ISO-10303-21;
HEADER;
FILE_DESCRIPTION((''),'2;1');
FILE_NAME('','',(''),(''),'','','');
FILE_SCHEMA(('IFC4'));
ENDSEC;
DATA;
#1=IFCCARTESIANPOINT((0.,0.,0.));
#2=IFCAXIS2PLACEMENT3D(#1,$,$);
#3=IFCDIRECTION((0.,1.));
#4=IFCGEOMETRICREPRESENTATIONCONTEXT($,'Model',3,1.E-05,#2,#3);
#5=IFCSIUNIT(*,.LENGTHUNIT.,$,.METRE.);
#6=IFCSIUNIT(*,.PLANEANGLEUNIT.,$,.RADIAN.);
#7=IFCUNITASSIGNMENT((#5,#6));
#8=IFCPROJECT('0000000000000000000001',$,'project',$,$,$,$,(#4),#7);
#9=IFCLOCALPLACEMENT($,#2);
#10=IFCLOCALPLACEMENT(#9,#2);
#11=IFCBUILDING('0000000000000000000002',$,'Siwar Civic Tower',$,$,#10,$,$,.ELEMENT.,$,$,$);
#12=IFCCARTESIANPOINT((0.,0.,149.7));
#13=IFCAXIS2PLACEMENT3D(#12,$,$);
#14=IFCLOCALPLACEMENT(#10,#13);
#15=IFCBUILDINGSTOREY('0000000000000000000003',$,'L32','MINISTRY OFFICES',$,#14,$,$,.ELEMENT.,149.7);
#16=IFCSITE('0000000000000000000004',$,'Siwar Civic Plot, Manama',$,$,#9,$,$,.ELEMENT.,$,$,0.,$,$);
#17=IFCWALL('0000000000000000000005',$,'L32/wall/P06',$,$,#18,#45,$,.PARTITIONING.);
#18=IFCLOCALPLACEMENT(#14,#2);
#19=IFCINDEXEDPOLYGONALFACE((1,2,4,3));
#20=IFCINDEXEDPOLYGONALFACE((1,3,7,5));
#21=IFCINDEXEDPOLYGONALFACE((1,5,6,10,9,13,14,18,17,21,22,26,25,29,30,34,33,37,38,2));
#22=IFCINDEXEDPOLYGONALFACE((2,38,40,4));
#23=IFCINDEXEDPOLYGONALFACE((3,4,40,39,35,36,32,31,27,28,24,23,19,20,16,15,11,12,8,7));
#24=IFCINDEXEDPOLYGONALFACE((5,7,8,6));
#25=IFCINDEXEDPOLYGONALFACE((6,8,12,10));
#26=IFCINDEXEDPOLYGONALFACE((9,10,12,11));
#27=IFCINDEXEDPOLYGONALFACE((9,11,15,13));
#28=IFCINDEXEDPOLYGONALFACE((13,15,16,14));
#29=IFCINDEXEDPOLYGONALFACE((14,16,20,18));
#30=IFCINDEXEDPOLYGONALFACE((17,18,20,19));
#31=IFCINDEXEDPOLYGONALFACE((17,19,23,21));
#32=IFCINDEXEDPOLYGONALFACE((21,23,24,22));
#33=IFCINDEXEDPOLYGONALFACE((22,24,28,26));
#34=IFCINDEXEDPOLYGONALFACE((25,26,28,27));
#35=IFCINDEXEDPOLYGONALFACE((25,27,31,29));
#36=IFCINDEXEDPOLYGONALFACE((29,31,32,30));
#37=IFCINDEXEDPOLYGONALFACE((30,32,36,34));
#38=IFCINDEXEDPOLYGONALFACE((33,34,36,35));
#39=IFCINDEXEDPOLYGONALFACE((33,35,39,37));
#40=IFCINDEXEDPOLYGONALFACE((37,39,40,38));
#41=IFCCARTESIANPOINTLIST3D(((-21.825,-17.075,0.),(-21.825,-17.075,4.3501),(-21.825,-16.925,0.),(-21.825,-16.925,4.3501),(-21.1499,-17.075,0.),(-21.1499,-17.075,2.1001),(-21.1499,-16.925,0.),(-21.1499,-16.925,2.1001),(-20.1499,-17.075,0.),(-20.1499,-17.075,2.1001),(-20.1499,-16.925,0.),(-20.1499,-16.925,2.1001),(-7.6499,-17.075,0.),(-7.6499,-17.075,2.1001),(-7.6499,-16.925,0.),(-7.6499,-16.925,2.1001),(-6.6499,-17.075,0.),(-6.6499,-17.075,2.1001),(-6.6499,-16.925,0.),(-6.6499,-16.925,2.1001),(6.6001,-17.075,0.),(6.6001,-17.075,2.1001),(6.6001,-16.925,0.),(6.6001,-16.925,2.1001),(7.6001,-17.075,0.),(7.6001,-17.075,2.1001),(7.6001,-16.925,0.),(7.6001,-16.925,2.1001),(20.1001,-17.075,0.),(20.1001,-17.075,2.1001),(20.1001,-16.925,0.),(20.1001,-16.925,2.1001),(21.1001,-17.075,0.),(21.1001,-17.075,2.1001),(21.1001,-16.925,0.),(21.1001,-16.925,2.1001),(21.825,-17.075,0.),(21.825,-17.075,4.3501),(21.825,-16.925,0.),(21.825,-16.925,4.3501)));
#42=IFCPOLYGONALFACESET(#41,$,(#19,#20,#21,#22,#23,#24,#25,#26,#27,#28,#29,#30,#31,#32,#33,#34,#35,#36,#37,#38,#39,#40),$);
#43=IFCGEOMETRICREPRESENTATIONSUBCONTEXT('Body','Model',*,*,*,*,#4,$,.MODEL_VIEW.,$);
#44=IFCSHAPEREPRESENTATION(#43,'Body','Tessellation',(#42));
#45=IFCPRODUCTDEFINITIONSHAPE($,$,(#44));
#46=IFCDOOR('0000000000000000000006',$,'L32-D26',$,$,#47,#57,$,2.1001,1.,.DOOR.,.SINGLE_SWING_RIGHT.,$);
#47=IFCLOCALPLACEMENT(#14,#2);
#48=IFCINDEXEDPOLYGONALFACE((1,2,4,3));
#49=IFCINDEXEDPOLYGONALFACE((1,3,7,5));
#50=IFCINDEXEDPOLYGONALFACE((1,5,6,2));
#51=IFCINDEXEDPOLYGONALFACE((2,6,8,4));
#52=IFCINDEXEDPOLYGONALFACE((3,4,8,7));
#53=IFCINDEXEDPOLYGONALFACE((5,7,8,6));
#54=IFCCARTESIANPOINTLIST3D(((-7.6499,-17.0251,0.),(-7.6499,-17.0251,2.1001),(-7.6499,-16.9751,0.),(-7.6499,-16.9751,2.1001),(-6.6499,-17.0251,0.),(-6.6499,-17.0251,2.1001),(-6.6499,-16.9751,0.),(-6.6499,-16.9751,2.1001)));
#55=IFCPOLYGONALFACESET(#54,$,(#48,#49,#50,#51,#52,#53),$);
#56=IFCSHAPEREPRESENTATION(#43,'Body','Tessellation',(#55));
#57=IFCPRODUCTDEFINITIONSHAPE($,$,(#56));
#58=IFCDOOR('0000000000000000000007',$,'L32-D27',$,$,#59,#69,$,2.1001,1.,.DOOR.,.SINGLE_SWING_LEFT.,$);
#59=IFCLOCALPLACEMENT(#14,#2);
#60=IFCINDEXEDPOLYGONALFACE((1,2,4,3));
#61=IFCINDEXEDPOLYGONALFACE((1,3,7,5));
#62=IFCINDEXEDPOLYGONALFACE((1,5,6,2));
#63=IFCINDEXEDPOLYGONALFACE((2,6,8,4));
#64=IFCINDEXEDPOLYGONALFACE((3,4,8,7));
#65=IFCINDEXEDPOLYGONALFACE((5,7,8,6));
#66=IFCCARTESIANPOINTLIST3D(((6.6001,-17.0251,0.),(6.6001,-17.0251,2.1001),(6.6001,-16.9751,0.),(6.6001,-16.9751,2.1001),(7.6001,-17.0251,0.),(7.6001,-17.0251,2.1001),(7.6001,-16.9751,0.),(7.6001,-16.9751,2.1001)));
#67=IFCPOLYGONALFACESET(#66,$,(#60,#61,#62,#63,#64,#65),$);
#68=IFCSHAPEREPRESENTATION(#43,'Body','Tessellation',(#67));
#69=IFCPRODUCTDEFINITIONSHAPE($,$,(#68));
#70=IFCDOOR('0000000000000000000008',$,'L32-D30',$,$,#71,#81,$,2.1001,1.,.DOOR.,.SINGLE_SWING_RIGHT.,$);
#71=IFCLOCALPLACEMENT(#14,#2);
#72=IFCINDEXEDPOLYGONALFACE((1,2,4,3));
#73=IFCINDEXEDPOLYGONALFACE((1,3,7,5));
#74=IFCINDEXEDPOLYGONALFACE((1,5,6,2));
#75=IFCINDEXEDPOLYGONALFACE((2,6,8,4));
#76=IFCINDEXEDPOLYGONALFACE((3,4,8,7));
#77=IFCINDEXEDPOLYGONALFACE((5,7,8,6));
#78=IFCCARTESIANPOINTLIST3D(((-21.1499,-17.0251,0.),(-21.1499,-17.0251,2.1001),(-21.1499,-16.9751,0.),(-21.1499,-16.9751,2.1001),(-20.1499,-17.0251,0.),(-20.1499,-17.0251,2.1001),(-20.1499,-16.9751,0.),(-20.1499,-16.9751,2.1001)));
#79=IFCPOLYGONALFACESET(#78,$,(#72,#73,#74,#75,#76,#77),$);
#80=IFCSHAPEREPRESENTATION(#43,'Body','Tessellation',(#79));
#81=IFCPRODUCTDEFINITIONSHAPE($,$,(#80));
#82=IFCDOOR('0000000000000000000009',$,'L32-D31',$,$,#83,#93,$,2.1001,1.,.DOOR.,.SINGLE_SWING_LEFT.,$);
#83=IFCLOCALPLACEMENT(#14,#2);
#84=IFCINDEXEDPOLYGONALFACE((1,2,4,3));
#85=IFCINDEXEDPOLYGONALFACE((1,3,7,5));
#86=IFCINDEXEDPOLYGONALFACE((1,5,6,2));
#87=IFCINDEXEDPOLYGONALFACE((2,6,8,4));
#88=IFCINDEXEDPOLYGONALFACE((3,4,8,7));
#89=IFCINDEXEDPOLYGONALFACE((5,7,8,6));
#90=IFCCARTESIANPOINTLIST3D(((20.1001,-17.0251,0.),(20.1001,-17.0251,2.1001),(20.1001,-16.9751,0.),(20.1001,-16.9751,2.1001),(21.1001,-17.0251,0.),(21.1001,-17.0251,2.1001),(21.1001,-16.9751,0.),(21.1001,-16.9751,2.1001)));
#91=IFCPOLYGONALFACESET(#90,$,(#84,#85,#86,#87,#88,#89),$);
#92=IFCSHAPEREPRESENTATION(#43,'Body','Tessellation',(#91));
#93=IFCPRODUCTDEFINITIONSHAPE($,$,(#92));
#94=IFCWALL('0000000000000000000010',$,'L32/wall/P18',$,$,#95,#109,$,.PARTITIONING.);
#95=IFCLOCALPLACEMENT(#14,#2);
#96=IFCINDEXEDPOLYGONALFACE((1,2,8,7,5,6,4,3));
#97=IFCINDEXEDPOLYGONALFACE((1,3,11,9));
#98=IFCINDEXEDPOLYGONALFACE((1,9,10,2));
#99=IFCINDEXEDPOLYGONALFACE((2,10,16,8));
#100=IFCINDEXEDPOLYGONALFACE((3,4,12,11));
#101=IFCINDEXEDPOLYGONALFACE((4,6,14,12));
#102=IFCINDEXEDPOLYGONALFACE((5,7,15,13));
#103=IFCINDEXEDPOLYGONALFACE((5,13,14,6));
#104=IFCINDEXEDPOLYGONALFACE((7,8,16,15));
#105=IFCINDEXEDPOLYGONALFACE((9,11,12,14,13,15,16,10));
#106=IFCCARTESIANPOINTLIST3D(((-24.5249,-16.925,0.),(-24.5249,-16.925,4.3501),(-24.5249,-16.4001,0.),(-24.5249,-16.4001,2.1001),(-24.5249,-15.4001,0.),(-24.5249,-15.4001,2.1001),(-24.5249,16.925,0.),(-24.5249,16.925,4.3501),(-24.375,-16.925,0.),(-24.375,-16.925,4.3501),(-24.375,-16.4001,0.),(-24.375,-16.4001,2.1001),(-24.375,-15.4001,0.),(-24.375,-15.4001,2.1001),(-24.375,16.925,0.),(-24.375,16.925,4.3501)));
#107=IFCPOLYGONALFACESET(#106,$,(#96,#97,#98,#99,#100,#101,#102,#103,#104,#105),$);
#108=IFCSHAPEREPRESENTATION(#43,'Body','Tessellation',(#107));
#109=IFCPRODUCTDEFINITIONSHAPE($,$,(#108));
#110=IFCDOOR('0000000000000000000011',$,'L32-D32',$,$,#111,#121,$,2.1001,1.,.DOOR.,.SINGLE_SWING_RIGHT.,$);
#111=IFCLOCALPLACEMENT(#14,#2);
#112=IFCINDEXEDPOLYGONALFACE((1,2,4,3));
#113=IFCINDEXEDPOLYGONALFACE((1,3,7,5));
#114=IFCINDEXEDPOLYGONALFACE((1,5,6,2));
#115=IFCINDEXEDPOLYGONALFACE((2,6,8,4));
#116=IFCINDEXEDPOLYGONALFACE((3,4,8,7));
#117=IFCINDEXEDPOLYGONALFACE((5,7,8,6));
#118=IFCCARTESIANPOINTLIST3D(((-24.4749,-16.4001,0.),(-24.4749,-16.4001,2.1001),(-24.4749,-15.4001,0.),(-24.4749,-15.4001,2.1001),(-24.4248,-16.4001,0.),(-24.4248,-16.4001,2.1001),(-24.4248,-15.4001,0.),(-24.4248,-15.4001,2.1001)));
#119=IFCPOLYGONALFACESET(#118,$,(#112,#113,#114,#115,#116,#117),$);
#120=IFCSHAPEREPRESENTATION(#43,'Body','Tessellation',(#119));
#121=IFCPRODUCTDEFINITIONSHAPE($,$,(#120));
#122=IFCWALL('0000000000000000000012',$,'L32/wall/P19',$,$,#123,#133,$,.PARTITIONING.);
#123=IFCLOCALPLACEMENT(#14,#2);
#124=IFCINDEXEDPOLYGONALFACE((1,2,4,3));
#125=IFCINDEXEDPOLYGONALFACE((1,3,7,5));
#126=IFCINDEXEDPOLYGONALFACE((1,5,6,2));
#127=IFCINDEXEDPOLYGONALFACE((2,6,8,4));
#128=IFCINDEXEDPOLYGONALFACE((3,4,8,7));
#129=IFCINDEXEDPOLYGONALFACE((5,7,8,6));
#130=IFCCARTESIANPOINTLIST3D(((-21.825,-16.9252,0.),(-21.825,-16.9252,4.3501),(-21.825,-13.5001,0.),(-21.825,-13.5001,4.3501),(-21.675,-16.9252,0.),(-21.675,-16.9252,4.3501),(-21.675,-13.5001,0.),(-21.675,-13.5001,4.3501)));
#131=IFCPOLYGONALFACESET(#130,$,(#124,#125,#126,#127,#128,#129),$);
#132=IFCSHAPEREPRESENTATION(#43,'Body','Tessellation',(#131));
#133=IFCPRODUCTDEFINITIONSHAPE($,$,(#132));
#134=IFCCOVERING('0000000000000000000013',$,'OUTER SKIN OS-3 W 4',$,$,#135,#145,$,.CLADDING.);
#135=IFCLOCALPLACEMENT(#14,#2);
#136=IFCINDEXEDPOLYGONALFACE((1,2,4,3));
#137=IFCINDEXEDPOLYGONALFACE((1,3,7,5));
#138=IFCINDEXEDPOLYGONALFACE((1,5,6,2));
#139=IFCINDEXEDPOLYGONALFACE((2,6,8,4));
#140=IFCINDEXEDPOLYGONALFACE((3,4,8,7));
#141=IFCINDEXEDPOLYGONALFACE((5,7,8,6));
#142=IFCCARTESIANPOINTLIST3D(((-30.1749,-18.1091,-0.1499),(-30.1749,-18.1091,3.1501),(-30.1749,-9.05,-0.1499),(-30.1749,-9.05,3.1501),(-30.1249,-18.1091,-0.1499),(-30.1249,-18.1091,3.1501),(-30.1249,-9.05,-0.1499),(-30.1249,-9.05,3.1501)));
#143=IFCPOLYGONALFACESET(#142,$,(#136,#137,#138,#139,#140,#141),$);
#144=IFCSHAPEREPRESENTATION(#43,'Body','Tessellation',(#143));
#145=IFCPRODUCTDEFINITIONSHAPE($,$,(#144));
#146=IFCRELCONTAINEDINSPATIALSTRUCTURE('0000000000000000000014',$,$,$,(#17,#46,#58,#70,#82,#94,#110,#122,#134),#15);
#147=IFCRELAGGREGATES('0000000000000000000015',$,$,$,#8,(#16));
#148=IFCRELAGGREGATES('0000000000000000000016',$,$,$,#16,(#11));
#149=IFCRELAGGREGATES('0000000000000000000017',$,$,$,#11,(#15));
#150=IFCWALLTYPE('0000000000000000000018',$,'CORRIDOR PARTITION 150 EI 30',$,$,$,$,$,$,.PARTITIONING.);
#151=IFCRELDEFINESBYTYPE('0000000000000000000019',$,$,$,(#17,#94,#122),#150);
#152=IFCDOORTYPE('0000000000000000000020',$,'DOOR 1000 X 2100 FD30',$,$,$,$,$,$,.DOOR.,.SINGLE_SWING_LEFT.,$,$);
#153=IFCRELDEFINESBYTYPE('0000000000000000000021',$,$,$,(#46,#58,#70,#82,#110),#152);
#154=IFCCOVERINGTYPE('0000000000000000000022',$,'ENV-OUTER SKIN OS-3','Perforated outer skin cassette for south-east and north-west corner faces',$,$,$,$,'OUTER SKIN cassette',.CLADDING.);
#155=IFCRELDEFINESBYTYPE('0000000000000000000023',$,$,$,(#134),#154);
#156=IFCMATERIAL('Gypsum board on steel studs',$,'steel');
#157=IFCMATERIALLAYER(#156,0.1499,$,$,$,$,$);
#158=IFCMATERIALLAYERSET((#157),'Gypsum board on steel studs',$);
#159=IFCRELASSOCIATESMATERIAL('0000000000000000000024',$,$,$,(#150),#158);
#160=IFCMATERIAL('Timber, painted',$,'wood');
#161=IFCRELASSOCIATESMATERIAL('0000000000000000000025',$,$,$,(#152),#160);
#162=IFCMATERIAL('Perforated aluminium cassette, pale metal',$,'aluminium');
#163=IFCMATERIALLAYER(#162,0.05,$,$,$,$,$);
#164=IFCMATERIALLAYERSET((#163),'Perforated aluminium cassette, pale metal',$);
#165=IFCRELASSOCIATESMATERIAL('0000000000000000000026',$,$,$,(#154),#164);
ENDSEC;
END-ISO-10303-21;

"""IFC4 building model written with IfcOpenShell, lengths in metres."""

from ifc_helpers import new_model, si_unit, direction, frame, frame_2d, origin, origin_2d, place, context, subcontext, project, spatial, rectangle, extrude, material, layer, layer_set, type_object, element, fill, save


model = new_model("IFC4")

# Units and contexts
model_context = context("Model", 3, precision=1e-05, world=origin(), true_north=direction((0.0, 1.0)))
body_context = subcontext(model_context, "Body", "Model", "MODEL_VIEW")
ifc_project = project(units=[si_unit("LENGTHUNIT", "METRE"), si_unit("PLANEANGLEUNIT", "RADIAN")], contexts=[model_context])

# Site, building, storey
site_placement = place(None, origin())
site = spatial("IfcSite", under=ifc_project, at=site_placement, Name="Siwar Civic Plot, Manama", CompositionType="ELEMENT", RefElevation=0.0)
building_placement = place(site_placement, origin())
building = spatial("IfcBuilding", under=site, at=building_placement, Name="Siwar Civic Tower", CompositionType="ELEMENT")
storey_placement = place(building_placement, frame((0.0, 0.0, 149.7)))
storey = spatial("IfcBuildingStorey", under=building, at=storey_placement, Name="L32", Description="MINISTRY OFFICES", CompositionType="ELEMENT", Elevation=149.7)

# Shared definitions
ifc_material_1 = material(Name="Gypsum board on steel studs", Category="steel")
ifc_layer_1 = layer(ifc_material_1, 0.1499)
ifc_layer_set_1 = layer_set([ifc_layer_1], Name="Gypsum board on steel studs")
wall_type_1 = type_object("IfcWallType", Name="CORRIDOR PARTITION 150 EI 30", PredefinedType="PARTITIONING", material=ifc_layer_set_1)

# Wall, openings, doors
wall_1_placement = place(storey_placement, frame((-21.825, -17.0, 0.0), z_axis=(0.0, 0.0, 1.0), x_axis=(1.0, 0.0, 0.0)))
wall_1 = element("IfcWall", 1, at=wall_1_placement, inside=storey, type_object=wall_type_1, Name="L32/wall/P06", PredefinedType="PARTITIONING", context=body_context, shape_type="SweptSolid", body=[
    extrude(rectangle(XDim=43.6499, YDim=0.1499, at=frame_2d((21.825, 0.0))), origin(), (0.0, 0.0, 1.0), 4.3501),
])
opening_1_placement = place(wall_1_placement, frame((14.175, 0.0, 0.0)))
opening_1 = element("IfcOpeningElement", 2, at=opening_1_placement, cuts=wall_1, PredefinedType="OPENING", context=body_context, shape_type="SweptSolid", body=[
    extrude(rectangle(XDim=1.0, YDim=2.1001, at=frame_2d((0.5, 1.05))), frame((0.0, 0.085, 0.0), z_axis=(0.0, -1.0, 0.0), x_axis=(1.0, 0.0, 0.0)), (0.0, 0.0, 1.0), 0.1699),
])
opening_2_placement = place(wall_1_placement, frame((28.425, 0.0, 0.0)))
opening_2 = element("IfcOpeningElement", 3, at=opening_2_placement, cuts=wall_1, PredefinedType="OPENING", context=body_context, shape_type="SweptSolid", body=[
    extrude(rectangle(XDim=1.0, YDim=2.1001, at=frame_2d((0.5, 1.05))), frame((0.0, 0.085, 0.0), z_axis=(0.0, -1.0, 0.0), x_axis=(1.0, 0.0, 0.0)), (0.0, 0.0, 1.0), 0.1699),
])
opening_3_placement = place(wall_1_placement, frame((0.675, 0.0, 0.0)))
opening_3 = element("IfcOpeningElement", 4, at=opening_3_placement, cuts=wall_1, PredefinedType="OPENING", context=body_context, shape_type="SweptSolid", body=[
    extrude(rectangle(XDim=1.0, YDim=2.1001, at=frame_2d((0.5, 1.05))), frame((0.0, 0.085, 0.0), z_axis=(0.0, -1.0, 0.0), x_axis=(1.0, 0.0, 0.0)), (0.0, 0.0, 1.0), 0.1699),
])
opening_4_placement = place(wall_1_placement, frame((41.925, 0.0, 0.0)))
opening_4 = element("IfcOpeningElement", 5, at=opening_4_placement, cuts=wall_1, PredefinedType="OPENING", context=body_context, shape_type="SweptSolid", body=[
    extrude(rectangle(XDim=1.0, YDim=2.1001, at=frame_2d((0.5, 1.05))), frame((0.0, 0.085, 0.0), z_axis=(0.0, -1.0, 0.0), x_axis=(1.0, 0.0, 0.0)), (0.0, 0.0, 1.0), 0.1699),
])
ifc_material_2 = material(Name="Timber, painted", Category="wood")
door_type_1 = type_object("IfcDoorType", Name="DOOR 1000 X 2100 FD30", OperationType="SINGLE_SWING_LEFT", PredefinedType="DOOR", material=ifc_material_2)
door_1_placement = place(opening_1_placement, origin())
door_1 = element("IfcDoor", 6, at=door_1_placement, inside=storey, type_object=door_type_1, Name="L32-D26", OperationType="SINGLE_SWING_RIGHT", OverallHeight=2.1001, OverallWidth=1.0, PredefinedType="DOOR", context=body_context, shape_type="SweptSolid", body=[
    extrude(rectangle(XDim=1.0, YDim=2.1001, at=frame_2d((0.5, 1.05))), frame((0.0, 0.0249, 0.0), z_axis=(0.0, -1.0, 0.0), x_axis=(1.0, 0.0, 0.0)), (0.0, 0.0, 1.0), 0.05),
])
fill(opening_1, door_1)
door_2_placement = place(opening_2_placement, origin())
door_2 = element("IfcDoor", 7, at=door_2_placement, inside=storey, type_object=door_type_1, Name="L32-D27", OperationType="SINGLE_SWING_LEFT", OverallHeight=2.1001, OverallWidth=1.0, PredefinedType="DOOR", context=body_context, shape_type="SweptSolid", body=[
    extrude(rectangle(XDim=1.0, YDim=2.1001, at=frame_2d((0.5, 1.05))), frame((0.0, 0.0249, 0.0), z_axis=(0.0, -1.0, 0.0), x_axis=(1.0, 0.0, 0.0)), (0.0, 0.0, 1.0), 0.05),
])
fill(opening_2, door_2)
door_3_placement = place(opening_3_placement, origin())
door_3 = element("IfcDoor", 8, at=door_3_placement, inside=storey, type_object=door_type_1, Name="L32-D30", OperationType="SINGLE_SWING_RIGHT", OverallHeight=2.1001, OverallWidth=1.0, PredefinedType="DOOR", context=body_context, shape_type="SweptSolid", body=[
    extrude(rectangle(XDim=1.0, YDim=2.1001, at=frame_2d((0.5, 1.05))), frame((0.0, 0.0249, 0.0), z_axis=(0.0, -1.0, 0.0), x_axis=(1.0, 0.0, 0.0)), (0.0, 0.0, 1.0), 0.05),
])
fill(opening_3, door_3)
door_4_placement = place(opening_4_placement, origin())
door_4 = element("IfcDoor", 9, at=door_4_placement, inside=storey, type_object=door_type_1, Name="L32-D31", OperationType="SINGLE_SWING_LEFT", OverallHeight=2.1001, OverallWidth=1.0, PredefinedType="DOOR", context=body_context, shape_type="SweptSolid", body=[
    extrude(rectangle(XDim=1.0, YDim=2.1001, at=frame_2d((0.5, 1.05))), frame((0.0, 0.0249, 0.0), z_axis=(0.0, -1.0, 0.0), x_axis=(1.0, 0.0, 0.0)), (0.0, 0.0, 1.0), 0.05),
])
fill(opening_4, door_4)

# Wall, opening, door
wall_2_placement = place(storey_placement, frame((-24.45, -16.925, 0.0), z_axis=(0.0, 0.0, 1.0), x_axis=(0.0, 1.0, 0.0)))
wall_2 = element("IfcWall", 10, at=wall_2_placement, inside=storey, type_object=wall_type_1, Name="L32/wall/P18", PredefinedType="PARTITIONING", context=body_context, shape_type="SweptSolid", body=[
    extrude(rectangle(XDim=33.8501, YDim=0.1499, at=frame_2d((16.925, 0.0))), origin(), (0.0, 0.0, 1.0), 4.3501),
])
opening_5_placement = place(wall_2_placement, frame((0.5249, 0.0, 0.0)))
opening_5 = element("IfcOpeningElement", 11, at=opening_5_placement, cuts=wall_2, PredefinedType="OPENING", context=body_context, shape_type="SweptSolid", body=[
    extrude(rectangle(XDim=1.0, YDim=2.1001, at=frame_2d((0.5, 1.05))), frame((0.0, 0.085, 0.0), z_axis=(0.0, -1.0, 0.0), x_axis=(1.0, 0.0, 0.0)), (0.0, 0.0, 1.0), 0.1699),
])
door_5_placement = place(opening_5_placement, origin())
door_5 = element("IfcDoor", 12, at=door_5_placement, inside=storey, type_object=door_type_1, Name="L32-D32", OperationType="SINGLE_SWING_RIGHT", OverallHeight=2.1001, OverallWidth=1.0, PredefinedType="DOOR", context=body_context, shape_type="SweptSolid", body=[
    extrude(rectangle(XDim=1.0, YDim=2.1001, at=frame_2d((0.5, 1.05))), frame((0.0, 0.0249, 0.0), z_axis=(0.0, -1.0, 0.0), x_axis=(1.0, 0.0, 0.0)), (0.0, 0.0, 1.0), 0.05),
])
fill(opening_5, door_5)

# Wall
wall_3_placement = place(storey_placement, frame((-21.75, -16.925, 0.0), z_axis=(0.0, 0.0, 1.0), x_axis=(0.0, 1.0, 0.0)))
element("IfcWall", 13, at=wall_3_placement, inside=storey, type_object=wall_type_1, Name="L32/wall/P19", PredefinedType="PARTITIONING", context=body_context, shape_type="SweptSolid", body=[
    extrude(rectangle(XDim=3.425, YDim=0.1499, at=frame_2d((1.7124, 0.0))), origin(), (0.0, 0.0, 1.0), 4.3501),
])

# Covering
ifc_material_3 = material(Name="Perforated aluminium cassette, pale metal", Category="aluminium")
ifc_layer_2 = layer(ifc_material_3, 0.05)
ifc_layer_set_2 = layer_set([ifc_layer_2], Name="Perforated aluminium cassette, pale metal")
covering_type = type_object("IfcCoveringType", Name="ENV-OUTER SKIN OS-3", Description="Perforated outer skin cassette for south-east and north-west corner faces", ElementType="OUTER SKIN cassette", PredefinedType="CLADDING", material=ifc_layer_set_2)
covering_placement = place(storey_placement, frame((-30.1499, -13.5796, -0.1499), z_axis=(0.0, 0.0, 1.0), x_axis=(0.0, -1.0, 0.0)))
element("IfcCovering", 14, at=covering_placement, inside=storey, type_object=covering_type, Name="OUTER SKIN OS-3 W 4", PredefinedType="CLADDING", context=body_context, shape_type="SweptSolid", body=[
    extrude(rectangle(XDim=9.0591, YDim=0.05, at=origin_2d()), origin(), (0.0, 0.0, 1.0), 3.3),
])

save(model, "model.ifc")
